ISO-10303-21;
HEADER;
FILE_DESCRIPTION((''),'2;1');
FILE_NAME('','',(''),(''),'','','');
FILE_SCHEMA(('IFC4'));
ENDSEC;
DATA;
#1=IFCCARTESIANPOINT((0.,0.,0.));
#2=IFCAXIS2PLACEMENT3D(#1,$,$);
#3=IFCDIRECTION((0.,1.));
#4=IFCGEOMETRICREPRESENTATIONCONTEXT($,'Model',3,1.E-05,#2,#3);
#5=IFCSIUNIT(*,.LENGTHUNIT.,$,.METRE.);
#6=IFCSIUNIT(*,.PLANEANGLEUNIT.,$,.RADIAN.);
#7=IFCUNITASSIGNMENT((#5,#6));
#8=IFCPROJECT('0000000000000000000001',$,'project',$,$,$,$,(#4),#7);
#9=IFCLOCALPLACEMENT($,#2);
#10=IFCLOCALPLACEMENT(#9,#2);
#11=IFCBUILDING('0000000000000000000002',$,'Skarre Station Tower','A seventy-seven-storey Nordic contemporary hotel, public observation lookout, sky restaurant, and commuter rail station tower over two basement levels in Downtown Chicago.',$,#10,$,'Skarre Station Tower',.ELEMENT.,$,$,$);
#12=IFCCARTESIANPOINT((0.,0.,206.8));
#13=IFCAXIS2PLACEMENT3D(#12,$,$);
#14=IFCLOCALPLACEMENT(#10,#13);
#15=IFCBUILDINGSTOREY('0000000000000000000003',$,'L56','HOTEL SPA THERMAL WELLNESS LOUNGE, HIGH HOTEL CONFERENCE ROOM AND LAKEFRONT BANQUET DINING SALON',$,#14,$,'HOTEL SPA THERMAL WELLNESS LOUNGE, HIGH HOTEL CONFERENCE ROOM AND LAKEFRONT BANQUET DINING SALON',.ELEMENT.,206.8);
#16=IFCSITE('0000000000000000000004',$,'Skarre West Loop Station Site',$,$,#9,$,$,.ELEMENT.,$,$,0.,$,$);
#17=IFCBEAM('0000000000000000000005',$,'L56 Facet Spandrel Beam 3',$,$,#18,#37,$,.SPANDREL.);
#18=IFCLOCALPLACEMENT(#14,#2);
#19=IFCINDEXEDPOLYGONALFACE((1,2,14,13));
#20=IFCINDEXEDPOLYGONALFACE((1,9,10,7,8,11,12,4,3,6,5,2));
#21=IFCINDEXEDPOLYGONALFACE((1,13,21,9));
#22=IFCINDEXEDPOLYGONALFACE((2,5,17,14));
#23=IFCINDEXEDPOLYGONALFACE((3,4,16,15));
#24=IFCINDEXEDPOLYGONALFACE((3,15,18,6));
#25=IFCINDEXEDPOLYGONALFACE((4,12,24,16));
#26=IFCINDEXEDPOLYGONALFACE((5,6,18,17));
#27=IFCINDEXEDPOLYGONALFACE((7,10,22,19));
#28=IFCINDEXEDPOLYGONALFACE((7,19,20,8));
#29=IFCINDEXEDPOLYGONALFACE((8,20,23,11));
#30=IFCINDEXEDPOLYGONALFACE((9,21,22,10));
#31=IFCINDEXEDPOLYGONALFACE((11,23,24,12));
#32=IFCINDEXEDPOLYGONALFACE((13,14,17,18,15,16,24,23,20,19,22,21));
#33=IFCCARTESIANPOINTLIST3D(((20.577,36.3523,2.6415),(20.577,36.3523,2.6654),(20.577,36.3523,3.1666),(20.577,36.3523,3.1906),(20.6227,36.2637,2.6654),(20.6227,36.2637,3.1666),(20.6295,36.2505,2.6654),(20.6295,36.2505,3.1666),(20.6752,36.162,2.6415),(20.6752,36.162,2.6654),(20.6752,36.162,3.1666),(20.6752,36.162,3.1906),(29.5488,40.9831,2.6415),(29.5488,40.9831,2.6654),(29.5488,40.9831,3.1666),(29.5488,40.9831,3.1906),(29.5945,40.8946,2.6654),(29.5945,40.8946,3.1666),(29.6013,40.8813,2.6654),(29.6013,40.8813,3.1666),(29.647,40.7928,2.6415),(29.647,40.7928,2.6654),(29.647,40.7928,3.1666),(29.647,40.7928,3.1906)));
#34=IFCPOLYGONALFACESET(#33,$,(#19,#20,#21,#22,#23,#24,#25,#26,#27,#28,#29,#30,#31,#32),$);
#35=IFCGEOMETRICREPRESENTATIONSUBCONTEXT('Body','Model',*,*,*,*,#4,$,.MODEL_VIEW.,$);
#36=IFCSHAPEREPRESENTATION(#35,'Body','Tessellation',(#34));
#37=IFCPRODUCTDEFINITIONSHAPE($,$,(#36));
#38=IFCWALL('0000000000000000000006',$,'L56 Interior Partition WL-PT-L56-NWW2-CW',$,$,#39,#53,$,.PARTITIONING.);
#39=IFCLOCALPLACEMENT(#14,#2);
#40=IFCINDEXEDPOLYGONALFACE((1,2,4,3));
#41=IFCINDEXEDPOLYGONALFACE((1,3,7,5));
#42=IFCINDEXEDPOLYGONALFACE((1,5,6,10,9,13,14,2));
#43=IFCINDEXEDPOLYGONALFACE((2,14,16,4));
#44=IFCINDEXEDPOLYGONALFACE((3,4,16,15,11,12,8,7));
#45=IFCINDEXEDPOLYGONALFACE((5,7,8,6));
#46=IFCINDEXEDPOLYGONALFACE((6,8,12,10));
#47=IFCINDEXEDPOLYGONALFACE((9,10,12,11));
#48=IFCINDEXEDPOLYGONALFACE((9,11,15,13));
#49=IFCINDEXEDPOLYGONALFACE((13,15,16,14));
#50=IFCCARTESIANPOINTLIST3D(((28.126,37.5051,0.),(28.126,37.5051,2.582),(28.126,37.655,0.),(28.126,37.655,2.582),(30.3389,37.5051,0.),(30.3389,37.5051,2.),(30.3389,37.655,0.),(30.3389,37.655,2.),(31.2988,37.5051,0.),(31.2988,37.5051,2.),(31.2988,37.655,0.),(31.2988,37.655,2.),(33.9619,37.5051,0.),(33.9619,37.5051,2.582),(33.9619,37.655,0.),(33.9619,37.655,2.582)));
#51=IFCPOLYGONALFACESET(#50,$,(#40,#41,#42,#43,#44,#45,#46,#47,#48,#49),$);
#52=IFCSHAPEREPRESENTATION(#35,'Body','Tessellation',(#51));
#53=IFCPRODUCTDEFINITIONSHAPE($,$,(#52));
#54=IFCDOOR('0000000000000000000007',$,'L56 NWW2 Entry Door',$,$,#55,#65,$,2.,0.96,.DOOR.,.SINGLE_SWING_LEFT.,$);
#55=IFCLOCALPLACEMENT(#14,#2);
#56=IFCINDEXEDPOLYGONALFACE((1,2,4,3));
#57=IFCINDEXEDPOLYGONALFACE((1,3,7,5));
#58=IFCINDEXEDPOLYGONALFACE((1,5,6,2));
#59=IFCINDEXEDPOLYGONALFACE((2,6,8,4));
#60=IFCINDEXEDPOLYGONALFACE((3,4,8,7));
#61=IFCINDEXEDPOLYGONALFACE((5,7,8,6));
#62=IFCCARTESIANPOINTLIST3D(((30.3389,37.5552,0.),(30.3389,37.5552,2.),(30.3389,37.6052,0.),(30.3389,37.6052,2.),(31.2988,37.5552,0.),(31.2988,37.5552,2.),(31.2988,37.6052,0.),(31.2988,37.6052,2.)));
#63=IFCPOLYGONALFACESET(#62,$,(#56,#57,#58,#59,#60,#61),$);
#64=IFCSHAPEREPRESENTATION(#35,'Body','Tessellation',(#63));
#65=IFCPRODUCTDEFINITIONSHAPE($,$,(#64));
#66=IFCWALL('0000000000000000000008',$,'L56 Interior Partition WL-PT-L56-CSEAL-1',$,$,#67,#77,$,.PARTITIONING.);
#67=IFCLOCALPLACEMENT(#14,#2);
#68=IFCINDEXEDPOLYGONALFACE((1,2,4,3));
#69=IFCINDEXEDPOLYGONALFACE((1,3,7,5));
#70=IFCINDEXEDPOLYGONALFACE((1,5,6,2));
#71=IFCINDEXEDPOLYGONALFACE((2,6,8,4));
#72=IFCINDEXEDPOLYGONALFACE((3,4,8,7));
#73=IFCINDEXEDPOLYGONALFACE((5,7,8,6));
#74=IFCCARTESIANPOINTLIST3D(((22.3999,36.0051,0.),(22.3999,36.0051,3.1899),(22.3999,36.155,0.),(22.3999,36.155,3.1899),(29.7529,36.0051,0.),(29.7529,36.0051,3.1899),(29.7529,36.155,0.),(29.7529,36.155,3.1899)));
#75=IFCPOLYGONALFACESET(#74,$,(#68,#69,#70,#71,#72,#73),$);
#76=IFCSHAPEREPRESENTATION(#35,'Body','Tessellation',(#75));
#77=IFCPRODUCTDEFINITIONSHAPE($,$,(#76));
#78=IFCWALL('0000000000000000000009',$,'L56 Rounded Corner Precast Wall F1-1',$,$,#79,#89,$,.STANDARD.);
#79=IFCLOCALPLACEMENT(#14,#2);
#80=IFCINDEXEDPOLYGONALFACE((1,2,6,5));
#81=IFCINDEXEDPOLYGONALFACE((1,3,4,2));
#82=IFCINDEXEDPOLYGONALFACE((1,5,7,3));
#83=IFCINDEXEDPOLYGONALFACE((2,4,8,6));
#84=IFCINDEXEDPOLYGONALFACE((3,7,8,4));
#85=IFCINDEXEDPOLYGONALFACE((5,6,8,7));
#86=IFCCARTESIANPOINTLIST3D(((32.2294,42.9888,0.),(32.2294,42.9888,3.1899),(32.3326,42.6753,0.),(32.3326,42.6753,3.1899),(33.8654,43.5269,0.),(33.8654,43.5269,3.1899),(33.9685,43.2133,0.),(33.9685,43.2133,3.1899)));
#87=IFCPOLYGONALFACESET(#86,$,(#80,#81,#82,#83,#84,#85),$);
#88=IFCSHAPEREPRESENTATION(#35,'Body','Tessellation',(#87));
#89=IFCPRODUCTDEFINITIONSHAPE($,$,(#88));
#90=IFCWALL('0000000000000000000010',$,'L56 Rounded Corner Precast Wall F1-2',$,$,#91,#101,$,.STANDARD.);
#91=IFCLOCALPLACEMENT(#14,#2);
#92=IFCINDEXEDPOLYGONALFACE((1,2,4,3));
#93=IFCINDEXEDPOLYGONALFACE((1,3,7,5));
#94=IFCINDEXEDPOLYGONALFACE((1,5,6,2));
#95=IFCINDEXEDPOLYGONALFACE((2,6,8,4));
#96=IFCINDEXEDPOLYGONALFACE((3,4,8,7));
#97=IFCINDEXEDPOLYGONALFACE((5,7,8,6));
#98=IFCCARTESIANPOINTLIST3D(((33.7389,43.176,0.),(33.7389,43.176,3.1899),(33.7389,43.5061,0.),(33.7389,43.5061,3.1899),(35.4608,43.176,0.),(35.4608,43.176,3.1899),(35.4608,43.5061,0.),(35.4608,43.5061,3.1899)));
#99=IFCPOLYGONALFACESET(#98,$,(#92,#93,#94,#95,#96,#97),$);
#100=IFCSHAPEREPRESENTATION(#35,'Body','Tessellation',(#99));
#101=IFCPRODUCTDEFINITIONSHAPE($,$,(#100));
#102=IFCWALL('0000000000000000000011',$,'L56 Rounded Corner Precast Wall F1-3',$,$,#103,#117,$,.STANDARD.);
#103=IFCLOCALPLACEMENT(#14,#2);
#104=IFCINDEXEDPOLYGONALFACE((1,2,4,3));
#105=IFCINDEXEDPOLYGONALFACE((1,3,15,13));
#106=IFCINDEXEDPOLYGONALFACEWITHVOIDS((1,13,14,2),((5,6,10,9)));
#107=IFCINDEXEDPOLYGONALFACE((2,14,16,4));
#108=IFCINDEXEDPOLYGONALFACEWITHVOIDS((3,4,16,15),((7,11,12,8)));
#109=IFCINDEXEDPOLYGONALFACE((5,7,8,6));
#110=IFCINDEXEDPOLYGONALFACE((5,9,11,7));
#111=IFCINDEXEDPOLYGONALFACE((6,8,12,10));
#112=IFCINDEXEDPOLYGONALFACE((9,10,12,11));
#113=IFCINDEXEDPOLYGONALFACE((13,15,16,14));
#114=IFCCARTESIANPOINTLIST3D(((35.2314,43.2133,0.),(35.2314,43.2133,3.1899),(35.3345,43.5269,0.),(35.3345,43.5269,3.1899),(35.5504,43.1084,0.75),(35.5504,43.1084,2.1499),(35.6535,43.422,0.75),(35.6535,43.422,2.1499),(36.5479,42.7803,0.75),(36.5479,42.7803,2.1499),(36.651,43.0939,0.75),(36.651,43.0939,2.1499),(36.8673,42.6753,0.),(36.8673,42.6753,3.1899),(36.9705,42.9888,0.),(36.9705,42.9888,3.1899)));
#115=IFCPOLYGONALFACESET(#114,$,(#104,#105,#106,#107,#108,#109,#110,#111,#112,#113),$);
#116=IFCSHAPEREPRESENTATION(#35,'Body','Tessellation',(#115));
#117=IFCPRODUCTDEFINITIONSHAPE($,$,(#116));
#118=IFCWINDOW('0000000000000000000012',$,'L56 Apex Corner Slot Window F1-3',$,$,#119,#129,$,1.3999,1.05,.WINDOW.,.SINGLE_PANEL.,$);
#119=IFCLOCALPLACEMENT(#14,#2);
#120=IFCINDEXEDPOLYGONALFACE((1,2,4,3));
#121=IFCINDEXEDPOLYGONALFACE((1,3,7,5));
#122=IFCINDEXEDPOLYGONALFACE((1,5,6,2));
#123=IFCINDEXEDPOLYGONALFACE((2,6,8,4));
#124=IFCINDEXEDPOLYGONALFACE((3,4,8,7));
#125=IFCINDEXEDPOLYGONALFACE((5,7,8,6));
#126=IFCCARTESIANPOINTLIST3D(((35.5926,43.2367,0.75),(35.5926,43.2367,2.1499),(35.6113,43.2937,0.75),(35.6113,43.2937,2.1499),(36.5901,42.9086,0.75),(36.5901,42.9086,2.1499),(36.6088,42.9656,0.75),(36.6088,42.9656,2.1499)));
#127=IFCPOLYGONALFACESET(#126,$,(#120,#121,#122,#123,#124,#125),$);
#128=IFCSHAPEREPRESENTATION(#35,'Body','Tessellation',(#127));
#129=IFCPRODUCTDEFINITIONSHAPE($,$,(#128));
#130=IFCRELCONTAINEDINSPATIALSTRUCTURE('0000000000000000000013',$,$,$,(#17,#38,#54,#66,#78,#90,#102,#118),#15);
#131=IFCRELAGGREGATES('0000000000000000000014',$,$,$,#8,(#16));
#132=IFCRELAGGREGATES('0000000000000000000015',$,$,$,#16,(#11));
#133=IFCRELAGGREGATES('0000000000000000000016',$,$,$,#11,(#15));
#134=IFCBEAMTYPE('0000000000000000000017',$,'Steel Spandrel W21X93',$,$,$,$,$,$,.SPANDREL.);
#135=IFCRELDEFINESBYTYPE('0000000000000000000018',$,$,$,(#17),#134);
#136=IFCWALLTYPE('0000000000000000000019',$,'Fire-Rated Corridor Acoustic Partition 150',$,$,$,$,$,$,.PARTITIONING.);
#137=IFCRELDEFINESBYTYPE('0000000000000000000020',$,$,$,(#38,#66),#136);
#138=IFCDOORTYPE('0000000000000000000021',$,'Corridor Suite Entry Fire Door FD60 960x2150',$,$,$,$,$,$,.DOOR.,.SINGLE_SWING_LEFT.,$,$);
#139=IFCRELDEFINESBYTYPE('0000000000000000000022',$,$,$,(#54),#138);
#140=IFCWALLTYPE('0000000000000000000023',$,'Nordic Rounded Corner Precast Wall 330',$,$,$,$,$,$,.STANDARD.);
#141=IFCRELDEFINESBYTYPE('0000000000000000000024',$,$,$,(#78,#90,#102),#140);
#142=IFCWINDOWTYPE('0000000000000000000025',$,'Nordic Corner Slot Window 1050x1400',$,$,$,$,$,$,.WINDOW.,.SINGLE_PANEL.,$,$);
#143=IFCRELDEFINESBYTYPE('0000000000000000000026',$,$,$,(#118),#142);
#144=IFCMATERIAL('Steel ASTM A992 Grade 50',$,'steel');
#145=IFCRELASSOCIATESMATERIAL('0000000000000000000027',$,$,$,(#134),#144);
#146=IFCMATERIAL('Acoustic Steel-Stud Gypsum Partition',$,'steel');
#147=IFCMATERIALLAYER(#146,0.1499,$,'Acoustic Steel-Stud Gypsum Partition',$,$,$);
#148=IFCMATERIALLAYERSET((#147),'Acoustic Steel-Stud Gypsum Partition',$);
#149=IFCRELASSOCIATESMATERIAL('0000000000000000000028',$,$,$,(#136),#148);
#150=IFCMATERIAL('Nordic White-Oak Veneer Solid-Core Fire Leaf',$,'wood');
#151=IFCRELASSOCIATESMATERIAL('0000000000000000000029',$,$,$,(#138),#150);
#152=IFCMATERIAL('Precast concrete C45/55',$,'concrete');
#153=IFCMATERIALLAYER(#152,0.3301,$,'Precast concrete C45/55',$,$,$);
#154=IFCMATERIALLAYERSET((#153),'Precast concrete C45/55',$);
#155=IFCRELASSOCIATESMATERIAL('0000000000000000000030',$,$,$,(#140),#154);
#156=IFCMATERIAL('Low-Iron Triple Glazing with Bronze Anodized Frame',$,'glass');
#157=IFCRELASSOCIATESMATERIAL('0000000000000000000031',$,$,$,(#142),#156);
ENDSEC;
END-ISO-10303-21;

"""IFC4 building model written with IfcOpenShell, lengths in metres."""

from ifc_helpers import new_model, si_unit, direction, frame, frame_2d, origin, origin_2d, place, context, subcontext, project, spatial, rectangle, i_section, extrude, material, layer, layer_set, material_profile, profile_set, type_object, element, fill, save


model = new_model("IFC4")

# Units and contexts
model_context = context("Model", 3, precision=1e-05, world=origin(), true_north=direction((0.0, 1.0)))
body_context = subcontext(model_context, "Body", "Model", "MODEL_VIEW")
ifc_project = project(units=[si_unit("LENGTHUNIT", "METRE"), si_unit("PLANEANGLEUNIT", "RADIAN")], contexts=[model_context])

# Site, building, storey
site_placement = place(None, origin())
site = spatial("IfcSite", under=ifc_project, at=site_placement, Name="Skarre West Loop Station Site", CompositionType="ELEMENT", RefElevation=0.0)
building_placement = place(site_placement, origin())
building = spatial("IfcBuilding", under=site, at=building_placement, Name="Skarre Station Tower", Description="A seventy-seven-storey Nordic contemporary hotel, public observation lookout, sky restaurant, and commuter rail station tower over two basement levels in Downtown Chicago.", LongName="Skarre Station Tower", CompositionType="ELEMENT")
storey_placement = place(building_placement, frame((0.0, 0.0, 206.8)))
storey = spatial("IfcBuildingStorey", under=building, at=storey_placement, Name="L56", Description="HOTEL SPA THERMAL WELLNESS LOUNGE, HIGH HOTEL CONFERENCE ROOM AND LAKEFRONT BANQUET DINING SALON", LongName="HOTEL SPA THERMAL WELLNESS LOUNGE, HIGH HOTEL CONFERENCE ROOM AND LAKEFRONT BANQUET DINING SALON", CompositionType="ELEMENT", Elevation=206.8)

# Beam
ifc_material_1 = material(Name="Steel ASTM A992 Grade 50", Category="steel")
ifc_material_profile_1 = material_profile(ifc_material_1, i_section(OverallWidth=0.2141, OverallDepth=0.5491, WebThickness=0.0149, FlangeThickness=0.0239, at=origin_2d()), Name="Steel ASTM A992 Grade 50")
ifc_profile_set_1 = profile_set([ifc_material_profile_1], Name="Steel ASTM A992 Grade 50")
beam_type_1 = type_object("IfcBeamType", Name="Steel Spandrel W21X93", PredefinedType="SPANDREL", material=ifc_profile_set_1)
beam_1_placement = place(storey_placement, frame((29.5979, 40.8879, 2.916), z_axis=(-0.888613, -0.458658, 0.0), x_axis=(0.458658, -0.888613, 0.0)))
element("IfcBeam", 1, at=beam_1_placement, inside=storey, type_object=beam_type_1, Name="L56 Facet Spandrel Beam 3", PredefinedType="SPANDREL", context=body_context, shape_type="SweptSolid", body=[
    extrude(i_section(OverallWidth=0.2141, OverallDepth=0.5491, WebThickness=0.0149, FlangeThickness=0.0239, at=origin_2d()), origin(), (0.0, 0.0, 1.0), 10.0964),
])

# Wall, opening, door
ifc_material_2 = material(Name="Acoustic Steel-Stud Gypsum Partition", Category="steel")
ifc_layer_1 = layer(ifc_material_2, 0.1499, Name="Acoustic Steel-Stud Gypsum Partition")
ifc_layer_set_1 = layer_set([ifc_layer_1], Name="Acoustic Steel-Stud Gypsum Partition")
wall_type_1 = type_object("IfcWallType", Name="Fire-Rated Corridor Acoustic Partition 150", PredefinedType="PARTITIONING", material=ifc_layer_set_1)
wall_1_placement = place(storey_placement, frame((33.9619, 37.5801, 0.0), z_axis=(0.0, 0.0, 1.0), x_axis=(-1.0, 0.0, 0.0)))
wall_1 = element("IfcWall", 2, at=wall_1_placement, inside=storey, type_object=wall_type_1, Name="L56 Interior Partition WL-PT-L56-NWW2-CW", PredefinedType="PARTITIONING", context=body_context, shape_type="SweptSolid", body=[
    extrude(rectangle(XDim=5.8359, YDim=0.1499, at=frame_2d((2.918, 0.0))), origin(), (0.0, 0.0, 1.0), 2.582),
])
opening_1_placement = place(wall_1_placement, frame((2.6631, 0.0, 0.0)))
opening_1 = element("IfcOpeningElement", 3, at=opening_1_placement, cuts=wall_1, PredefinedType="OPENING", context=body_context, shape_type="SweptSolid", body=[
    extrude(rectangle(XDim=0.96, YDim=2.0, at=frame_2d((0.48, 1.0))), frame((0.0, 0.085, 0.0), z_axis=(0.0, -1.0, 0.0), x_axis=(1.0, 0.0, 0.0)), (0.0, 0.0, 1.0), 0.1699),
])
ifc_material_3 = material(Name="Nordic White-Oak Veneer Solid-Core Fire Leaf", Category="wood")
door_type = type_object("IfcDoorType", Name="Corridor Suite Entry Fire Door FD60 960x2150", OperationType="SINGLE_SWING_LEFT", PredefinedType="DOOR", material=ifc_material_3)
door_placement = place(opening_1_placement, origin())
door = element("IfcDoor", 4, at=door_placement, inside=storey, type_object=door_type, Name="L56 NWW2 Entry Door", OperationType="SINGLE_SWING_LEFT", OverallHeight=2.0, OverallWidth=0.96, PredefinedType="DOOR", context=body_context, shape_type="SweptSolid", body=[
    extrude(rectangle(XDim=0.96, YDim=2.0, at=frame_2d((0.48, 1.0))), frame((0.0, 0.0249, 0.0), z_axis=(0.0, -1.0, 0.0), x_axis=(1.0, 0.0, 0.0)), (0.0, 0.0, 1.0), 0.05),
])
fill(opening_1, door)

# Walls
wall_2_placement = place(storey_placement, frame((29.7529, 36.0801, 0.0), z_axis=(0.0, 0.0, 1.0), x_axis=(-1.0, 0.0, 0.0)))
element("IfcWall", 5, at=wall_2_placement, inside=storey, type_object=wall_type_1, Name="L56 Interior Partition WL-PT-L56-CSEAL-1", PredefinedType="PARTITIONING", context=body_context, shape_type="SweptSolid", body=[
    extrude(rectangle(XDim=7.353, YDim=0.1499, at=frame_2d((3.6765, 0.0))), origin(), (0.0, 0.0, 1.0), 3.1899),
])
ifc_material_4 = material(Name="Precast concrete C45/55", Category="concrete")
ifc_layer_2 = layer(ifc_material_4, 0.3301, Name="Precast concrete C45/55")
ifc_layer_set_2 = layer_set([ifc_layer_2], Name="Precast concrete C45/55")
wall_type_2 = type_object("IfcWallType", Name="Nordic Rounded Corner Precast Wall 330", PredefinedType="STANDARD", material=ifc_layer_set_2)
wall_3_placement = place(storey_placement, frame((32.281, 42.832, 0.0), z_axis=(0.0, 0.0, 1.0), x_axis=(0.949937, 0.31244, 0.0)))
element("IfcWall", 6, at=wall_3_placement, inside=storey, type_object=wall_type_2, Name="L56 Rounded Corner Precast Wall F1-1", PredefinedType="STANDARD", context=body_context, shape_type="SweptSolid", body=[
    extrude(rectangle(XDim=1.7222, YDim=0.3301, at=frame_2d((0.8611, 0.0))), origin(), (0.0, 0.0, 1.0), 3.1899),
])
wall_4_placement = place(storey_placement, frame((33.739, 43.3411, 0.0), z_axis=(0.0, 0.0, 1.0), x_axis=(1.0, 0.0, 0.0)))
element("IfcWall", 7, at=wall_4_placement, inside=storey, type_object=wall_type_2, Name="L56 Rounded Corner Precast Wall F1-2", PredefinedType="STANDARD", context=body_context, shape_type="SweptSolid", body=[
    extrude(rectangle(XDim=1.7219, YDim=0.3301, at=frame_2d((0.8608, 0.0))), origin(), (0.0, 0.0, 1.0), 3.1899),
])

# Wall, opening, window
wall_5_placement = place(storey_placement, frame((35.283, 43.3701, 0.0), z_axis=(0.0, 0.0, 1.0), x_axis=(0.949937, -0.31244, 0.0)))
wall_5 = element("IfcWall", 8, at=wall_5_placement, inside=storey, type_object=wall_type_2, Name="L56 Rounded Corner Precast Wall F1-3", PredefinedType="STANDARD", context=body_context, shape_type="SweptSolid", body=[
    extrude(rectangle(XDim=1.7222, YDim=0.3301, at=frame_2d((0.8611, 0.0))), origin(), (0.0, 0.0, 1.0), 3.1899),
])
opening_2_placement = place(wall_5_placement, frame((0.3359, 0.0, 0.75)))
opening_2 = element("IfcOpeningElement", 9, at=opening_2_placement, cuts=wall_5, PredefinedType="OPENING", context=body_context, shape_type="SweptSolid", body=[
    extrude(rectangle(XDim=1.05, YDim=1.3999, at=frame_2d((0.5249, 0.7))), frame((0.0, 0.175, 0.0), z_axis=(0.0, -1.0, 0.0), x_axis=(1.0, 0.0, 0.0)), (0.0, 0.0, 1.0), 0.3501),
])
ifc_material_5 = material(Name="Low-Iron Triple Glazing with Bronze Anodized Frame", Category="glass")
window_type_1 = type_object("IfcWindowType", Name="Nordic Corner Slot Window 1050x1400", PartitioningType="SINGLE_PANEL", PredefinedType="WINDOW", material=ifc_material_5)
window_1_placement = place(opening_2_placement, origin())
window_1 = element("IfcWindow", 10, at=window_1_placement, inside=storey, type_object=window_type_1, Name="L56 Apex Corner Slot Window F1-3", OverallHeight=1.3999, OverallWidth=1.05, PartitioningType="SINGLE_PANEL", PredefinedType="WINDOW", context=body_context, shape_type="SweptSolid", body=[
    extrude(rectangle(XDim=1.05, YDim=1.3999, at=frame_2d((0.5249, 0.7))), frame((0.0, 0.03, 0.0), z_axis=(0.0, -1.0, 0.0), x_axis=(1.0, 0.0, 0.0)), (0.0, 0.0, 1.0), 0.0601),
])
fill(opening_2, window_1)

save(model, "model.ifc")
